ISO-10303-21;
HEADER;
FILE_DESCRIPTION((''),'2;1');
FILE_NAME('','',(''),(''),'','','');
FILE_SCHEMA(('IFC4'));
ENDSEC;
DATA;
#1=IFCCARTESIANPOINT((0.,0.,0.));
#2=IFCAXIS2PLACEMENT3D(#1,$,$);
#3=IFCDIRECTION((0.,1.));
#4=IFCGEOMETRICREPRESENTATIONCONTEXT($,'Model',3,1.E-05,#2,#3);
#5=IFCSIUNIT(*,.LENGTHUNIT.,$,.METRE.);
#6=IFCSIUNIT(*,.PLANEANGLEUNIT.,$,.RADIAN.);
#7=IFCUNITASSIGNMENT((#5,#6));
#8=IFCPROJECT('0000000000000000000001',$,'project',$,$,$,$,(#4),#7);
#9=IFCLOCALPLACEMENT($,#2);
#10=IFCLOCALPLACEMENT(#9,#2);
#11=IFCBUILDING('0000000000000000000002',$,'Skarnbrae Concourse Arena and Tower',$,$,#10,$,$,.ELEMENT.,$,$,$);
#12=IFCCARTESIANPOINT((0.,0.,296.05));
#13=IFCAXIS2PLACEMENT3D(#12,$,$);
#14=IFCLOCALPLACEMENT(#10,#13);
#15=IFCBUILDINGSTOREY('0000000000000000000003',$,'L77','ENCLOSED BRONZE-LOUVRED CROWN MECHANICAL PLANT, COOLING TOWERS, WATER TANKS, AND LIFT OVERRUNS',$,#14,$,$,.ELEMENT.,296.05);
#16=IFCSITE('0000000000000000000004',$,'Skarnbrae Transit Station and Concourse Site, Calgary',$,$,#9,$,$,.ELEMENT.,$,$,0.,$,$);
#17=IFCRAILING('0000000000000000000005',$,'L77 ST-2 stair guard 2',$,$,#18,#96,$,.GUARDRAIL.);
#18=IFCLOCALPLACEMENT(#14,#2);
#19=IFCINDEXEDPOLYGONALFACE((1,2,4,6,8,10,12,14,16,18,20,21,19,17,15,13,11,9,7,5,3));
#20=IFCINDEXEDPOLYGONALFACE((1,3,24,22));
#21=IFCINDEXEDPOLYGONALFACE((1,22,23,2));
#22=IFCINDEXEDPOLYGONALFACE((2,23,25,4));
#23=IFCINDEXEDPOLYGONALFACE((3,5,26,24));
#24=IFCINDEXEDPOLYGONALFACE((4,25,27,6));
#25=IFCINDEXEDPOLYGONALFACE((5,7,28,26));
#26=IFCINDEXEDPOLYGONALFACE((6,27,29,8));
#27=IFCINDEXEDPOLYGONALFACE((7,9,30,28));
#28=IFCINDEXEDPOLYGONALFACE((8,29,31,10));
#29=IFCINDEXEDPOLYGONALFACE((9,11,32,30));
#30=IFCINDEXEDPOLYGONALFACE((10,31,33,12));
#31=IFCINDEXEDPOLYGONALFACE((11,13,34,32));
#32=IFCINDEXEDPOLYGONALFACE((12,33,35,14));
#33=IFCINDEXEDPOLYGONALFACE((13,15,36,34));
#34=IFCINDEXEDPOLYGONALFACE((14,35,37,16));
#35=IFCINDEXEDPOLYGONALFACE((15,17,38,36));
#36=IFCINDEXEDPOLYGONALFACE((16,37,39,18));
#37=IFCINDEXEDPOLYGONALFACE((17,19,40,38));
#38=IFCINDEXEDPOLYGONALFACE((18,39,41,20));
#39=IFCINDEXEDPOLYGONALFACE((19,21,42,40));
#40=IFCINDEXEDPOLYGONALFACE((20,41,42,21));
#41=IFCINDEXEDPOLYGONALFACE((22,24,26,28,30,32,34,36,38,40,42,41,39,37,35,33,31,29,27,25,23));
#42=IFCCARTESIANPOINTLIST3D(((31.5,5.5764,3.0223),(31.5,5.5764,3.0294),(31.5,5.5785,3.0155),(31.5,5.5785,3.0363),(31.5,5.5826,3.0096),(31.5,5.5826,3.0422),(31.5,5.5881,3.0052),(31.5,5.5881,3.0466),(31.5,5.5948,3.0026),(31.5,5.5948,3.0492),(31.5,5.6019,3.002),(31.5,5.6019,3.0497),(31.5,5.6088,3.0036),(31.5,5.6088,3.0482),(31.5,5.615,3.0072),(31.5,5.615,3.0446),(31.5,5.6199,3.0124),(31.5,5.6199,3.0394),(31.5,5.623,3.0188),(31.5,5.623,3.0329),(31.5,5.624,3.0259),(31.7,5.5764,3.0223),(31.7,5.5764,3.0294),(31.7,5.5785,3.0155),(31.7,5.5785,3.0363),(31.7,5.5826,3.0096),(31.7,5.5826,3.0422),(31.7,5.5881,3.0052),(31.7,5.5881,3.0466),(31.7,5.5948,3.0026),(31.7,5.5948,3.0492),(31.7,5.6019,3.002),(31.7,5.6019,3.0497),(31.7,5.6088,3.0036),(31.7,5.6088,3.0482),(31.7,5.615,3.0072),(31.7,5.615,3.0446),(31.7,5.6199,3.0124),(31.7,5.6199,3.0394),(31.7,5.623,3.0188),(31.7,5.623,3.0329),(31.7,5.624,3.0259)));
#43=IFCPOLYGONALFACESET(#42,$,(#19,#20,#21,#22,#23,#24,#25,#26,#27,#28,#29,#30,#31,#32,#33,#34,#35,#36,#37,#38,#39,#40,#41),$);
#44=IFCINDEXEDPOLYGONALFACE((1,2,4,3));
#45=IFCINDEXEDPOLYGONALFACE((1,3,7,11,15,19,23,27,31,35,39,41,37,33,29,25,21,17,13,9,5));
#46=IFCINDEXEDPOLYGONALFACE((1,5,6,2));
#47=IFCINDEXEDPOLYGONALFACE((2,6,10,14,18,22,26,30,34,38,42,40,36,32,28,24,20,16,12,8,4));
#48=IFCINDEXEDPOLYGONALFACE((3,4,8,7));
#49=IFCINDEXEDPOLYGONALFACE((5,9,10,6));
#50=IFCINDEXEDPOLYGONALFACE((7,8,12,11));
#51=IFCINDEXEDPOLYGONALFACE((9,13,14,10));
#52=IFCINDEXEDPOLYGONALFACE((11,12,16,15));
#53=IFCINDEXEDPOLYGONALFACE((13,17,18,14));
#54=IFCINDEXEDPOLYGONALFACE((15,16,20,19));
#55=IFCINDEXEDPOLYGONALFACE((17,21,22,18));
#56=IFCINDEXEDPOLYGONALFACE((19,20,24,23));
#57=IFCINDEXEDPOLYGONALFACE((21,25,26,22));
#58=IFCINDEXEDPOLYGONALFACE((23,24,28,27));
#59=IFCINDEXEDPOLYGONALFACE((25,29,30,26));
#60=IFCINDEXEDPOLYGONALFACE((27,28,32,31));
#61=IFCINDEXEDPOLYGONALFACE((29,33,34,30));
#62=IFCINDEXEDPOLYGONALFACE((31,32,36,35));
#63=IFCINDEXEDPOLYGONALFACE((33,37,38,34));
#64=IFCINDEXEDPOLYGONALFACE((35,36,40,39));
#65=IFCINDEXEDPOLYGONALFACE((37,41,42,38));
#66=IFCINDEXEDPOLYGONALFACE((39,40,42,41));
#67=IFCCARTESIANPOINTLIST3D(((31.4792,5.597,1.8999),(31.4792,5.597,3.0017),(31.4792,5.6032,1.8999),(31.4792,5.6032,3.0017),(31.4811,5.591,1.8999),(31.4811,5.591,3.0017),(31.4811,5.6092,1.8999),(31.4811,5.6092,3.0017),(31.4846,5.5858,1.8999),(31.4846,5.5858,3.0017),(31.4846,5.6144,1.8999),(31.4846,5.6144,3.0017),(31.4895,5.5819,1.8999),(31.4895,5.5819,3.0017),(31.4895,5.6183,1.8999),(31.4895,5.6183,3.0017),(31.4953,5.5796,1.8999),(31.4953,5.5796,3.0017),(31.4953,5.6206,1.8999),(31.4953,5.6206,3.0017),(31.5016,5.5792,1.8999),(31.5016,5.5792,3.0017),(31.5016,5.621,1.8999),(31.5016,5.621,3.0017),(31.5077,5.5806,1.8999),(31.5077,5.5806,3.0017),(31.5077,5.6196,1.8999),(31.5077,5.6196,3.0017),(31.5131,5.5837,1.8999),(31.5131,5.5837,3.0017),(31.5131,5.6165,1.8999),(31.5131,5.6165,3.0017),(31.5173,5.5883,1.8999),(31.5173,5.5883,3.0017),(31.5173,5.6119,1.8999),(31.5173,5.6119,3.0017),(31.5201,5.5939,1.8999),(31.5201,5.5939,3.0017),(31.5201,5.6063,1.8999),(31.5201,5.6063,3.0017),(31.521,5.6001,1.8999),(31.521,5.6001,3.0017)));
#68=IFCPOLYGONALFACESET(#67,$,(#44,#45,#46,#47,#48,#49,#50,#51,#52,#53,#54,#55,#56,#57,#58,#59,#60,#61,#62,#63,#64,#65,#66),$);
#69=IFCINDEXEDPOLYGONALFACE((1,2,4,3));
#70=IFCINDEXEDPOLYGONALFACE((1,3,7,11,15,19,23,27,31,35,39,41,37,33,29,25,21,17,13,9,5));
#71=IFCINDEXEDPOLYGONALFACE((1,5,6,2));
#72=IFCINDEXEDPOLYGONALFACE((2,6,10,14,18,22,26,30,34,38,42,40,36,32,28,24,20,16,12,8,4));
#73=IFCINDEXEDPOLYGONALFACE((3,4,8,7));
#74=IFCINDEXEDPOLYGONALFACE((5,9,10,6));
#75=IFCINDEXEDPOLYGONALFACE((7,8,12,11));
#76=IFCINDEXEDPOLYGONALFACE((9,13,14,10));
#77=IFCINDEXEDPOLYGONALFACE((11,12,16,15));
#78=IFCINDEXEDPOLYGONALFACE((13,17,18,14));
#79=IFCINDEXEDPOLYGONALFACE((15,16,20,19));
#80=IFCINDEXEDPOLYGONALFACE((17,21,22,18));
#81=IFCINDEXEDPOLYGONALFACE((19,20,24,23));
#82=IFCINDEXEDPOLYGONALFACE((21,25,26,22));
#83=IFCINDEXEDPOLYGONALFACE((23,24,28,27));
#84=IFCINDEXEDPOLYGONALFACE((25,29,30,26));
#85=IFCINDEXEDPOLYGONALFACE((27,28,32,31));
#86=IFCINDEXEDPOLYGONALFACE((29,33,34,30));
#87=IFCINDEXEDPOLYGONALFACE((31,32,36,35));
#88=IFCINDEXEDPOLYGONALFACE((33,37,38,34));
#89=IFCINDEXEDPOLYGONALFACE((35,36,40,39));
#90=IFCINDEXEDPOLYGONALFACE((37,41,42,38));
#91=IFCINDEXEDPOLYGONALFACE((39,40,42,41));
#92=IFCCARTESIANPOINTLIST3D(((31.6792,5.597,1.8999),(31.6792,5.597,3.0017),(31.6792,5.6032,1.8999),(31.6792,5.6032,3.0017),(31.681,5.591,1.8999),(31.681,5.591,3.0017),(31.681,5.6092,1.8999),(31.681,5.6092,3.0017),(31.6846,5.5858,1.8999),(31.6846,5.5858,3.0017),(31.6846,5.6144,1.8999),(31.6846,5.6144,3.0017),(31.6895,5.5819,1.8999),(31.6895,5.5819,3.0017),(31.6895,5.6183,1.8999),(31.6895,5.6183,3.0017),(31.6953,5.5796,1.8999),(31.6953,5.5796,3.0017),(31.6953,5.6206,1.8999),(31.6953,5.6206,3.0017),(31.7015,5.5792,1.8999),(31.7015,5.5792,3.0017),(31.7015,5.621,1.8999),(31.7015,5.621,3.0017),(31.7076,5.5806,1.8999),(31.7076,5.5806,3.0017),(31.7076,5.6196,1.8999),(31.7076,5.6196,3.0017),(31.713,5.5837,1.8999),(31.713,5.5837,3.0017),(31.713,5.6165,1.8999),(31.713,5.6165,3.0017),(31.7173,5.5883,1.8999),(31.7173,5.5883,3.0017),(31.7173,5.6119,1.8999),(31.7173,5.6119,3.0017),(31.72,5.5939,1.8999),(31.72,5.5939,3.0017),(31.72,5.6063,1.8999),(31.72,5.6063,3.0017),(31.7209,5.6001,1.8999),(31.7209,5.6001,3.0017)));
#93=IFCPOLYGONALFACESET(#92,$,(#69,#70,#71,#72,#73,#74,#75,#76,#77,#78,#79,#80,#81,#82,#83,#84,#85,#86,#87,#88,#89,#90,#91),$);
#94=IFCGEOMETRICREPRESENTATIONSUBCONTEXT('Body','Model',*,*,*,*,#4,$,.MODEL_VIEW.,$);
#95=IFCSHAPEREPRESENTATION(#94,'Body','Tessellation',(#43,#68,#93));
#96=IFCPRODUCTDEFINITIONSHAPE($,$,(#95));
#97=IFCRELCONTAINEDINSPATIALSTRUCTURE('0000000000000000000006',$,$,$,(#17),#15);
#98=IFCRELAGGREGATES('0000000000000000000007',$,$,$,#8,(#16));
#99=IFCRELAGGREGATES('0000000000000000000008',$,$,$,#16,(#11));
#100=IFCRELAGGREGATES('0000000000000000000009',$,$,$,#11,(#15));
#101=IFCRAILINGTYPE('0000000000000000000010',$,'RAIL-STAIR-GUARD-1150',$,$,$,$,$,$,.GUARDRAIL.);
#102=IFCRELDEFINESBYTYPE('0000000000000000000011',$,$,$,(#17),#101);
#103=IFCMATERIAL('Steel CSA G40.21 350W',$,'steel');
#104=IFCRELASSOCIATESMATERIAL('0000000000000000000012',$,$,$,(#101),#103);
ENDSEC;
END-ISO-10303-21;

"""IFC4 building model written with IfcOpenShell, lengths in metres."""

from ifc_helpers import new_model, si_unit, direction, frame, origin, origin_2d, place, context, subcontext, project, spatial, circle, extrude, material, type_object, element, save


model = new_model("IFC4")

# Units and contexts
model_context = context("Model", 3, precision=1e-05, world=origin(), true_north=direction((0.0, 1.0)))
body_context = subcontext(model_context, "Body", "Model", "MODEL_VIEW")
ifc_project = project(units=[si_unit("LENGTHUNIT", "METRE"), si_unit("PLANEANGLEUNIT", "RADIAN")], contexts=[model_context])

# Site, building, storey
site_placement = place(None, origin())
site = spatial("IfcSite", under=ifc_project, at=site_placement, Name="Skarnbrae Transit Station and Concourse Site, Calgary", CompositionType="ELEMENT", RefElevation=0.0)
building_placement = place(site_placement, origin())
building = spatial("IfcBuilding", under=site, at=building_placement, Name="Skarnbrae Concourse Arena and Tower", CompositionType="ELEMENT")
storey_placement = place(building_placement, frame((0.0, 0.0, 296.05)))
storey = spatial("IfcBuildingStorey", under=building, at=storey_placement, Name="L77", Description="ENCLOSED BRONZE-LOUVRED CROWN MECHANICAL PLANT, COOLING TOWERS, WATER TANKS, AND LIFT OVERRUNS", CompositionType="ELEMENT", Elevation=296.05)

# Shared definitions
ifc_material_1 = material(Name="Steel CSA G40.21 350W", Category="steel")

# Railing
railing_type_1 = type_object("IfcRailingType", Name="RAIL-STAIR-GUARD-1150", PredefinedType="GUARDRAIL", material=ifc_material_1)
railing_1_placement = place(storey_placement, frame((31.5, 5.6001, 1.8999)))
element("IfcRailing", 1, at=railing_1_placement, inside=storey, type_object=railing_type_1, Name="L77 ST-2 stair guard 2", PredefinedType="GUARDRAIL", context=body_context, shape_type="SweptSolid", body=[
    extrude(circle(Radius=0.0239, at=origin_2d()), frame((0.0, 0.0, 1.126), z_axis=(1.0, 0.0, 0.0), x_axis=(0.0, 1.0, 0.0)), (0.0, 0.0, 1.0), 0.2),
    extrude(circle(Radius=0.021, at=origin_2d()), origin(), (0.0, 0.0, 1.0), 1.1018),
    extrude(circle(Radius=0.021, at=origin_2d()), frame((0.2, 0.0, 0.0)), (0.0, 0.0, 1.0), 1.1018),
])

save(model, "model.ifc")
